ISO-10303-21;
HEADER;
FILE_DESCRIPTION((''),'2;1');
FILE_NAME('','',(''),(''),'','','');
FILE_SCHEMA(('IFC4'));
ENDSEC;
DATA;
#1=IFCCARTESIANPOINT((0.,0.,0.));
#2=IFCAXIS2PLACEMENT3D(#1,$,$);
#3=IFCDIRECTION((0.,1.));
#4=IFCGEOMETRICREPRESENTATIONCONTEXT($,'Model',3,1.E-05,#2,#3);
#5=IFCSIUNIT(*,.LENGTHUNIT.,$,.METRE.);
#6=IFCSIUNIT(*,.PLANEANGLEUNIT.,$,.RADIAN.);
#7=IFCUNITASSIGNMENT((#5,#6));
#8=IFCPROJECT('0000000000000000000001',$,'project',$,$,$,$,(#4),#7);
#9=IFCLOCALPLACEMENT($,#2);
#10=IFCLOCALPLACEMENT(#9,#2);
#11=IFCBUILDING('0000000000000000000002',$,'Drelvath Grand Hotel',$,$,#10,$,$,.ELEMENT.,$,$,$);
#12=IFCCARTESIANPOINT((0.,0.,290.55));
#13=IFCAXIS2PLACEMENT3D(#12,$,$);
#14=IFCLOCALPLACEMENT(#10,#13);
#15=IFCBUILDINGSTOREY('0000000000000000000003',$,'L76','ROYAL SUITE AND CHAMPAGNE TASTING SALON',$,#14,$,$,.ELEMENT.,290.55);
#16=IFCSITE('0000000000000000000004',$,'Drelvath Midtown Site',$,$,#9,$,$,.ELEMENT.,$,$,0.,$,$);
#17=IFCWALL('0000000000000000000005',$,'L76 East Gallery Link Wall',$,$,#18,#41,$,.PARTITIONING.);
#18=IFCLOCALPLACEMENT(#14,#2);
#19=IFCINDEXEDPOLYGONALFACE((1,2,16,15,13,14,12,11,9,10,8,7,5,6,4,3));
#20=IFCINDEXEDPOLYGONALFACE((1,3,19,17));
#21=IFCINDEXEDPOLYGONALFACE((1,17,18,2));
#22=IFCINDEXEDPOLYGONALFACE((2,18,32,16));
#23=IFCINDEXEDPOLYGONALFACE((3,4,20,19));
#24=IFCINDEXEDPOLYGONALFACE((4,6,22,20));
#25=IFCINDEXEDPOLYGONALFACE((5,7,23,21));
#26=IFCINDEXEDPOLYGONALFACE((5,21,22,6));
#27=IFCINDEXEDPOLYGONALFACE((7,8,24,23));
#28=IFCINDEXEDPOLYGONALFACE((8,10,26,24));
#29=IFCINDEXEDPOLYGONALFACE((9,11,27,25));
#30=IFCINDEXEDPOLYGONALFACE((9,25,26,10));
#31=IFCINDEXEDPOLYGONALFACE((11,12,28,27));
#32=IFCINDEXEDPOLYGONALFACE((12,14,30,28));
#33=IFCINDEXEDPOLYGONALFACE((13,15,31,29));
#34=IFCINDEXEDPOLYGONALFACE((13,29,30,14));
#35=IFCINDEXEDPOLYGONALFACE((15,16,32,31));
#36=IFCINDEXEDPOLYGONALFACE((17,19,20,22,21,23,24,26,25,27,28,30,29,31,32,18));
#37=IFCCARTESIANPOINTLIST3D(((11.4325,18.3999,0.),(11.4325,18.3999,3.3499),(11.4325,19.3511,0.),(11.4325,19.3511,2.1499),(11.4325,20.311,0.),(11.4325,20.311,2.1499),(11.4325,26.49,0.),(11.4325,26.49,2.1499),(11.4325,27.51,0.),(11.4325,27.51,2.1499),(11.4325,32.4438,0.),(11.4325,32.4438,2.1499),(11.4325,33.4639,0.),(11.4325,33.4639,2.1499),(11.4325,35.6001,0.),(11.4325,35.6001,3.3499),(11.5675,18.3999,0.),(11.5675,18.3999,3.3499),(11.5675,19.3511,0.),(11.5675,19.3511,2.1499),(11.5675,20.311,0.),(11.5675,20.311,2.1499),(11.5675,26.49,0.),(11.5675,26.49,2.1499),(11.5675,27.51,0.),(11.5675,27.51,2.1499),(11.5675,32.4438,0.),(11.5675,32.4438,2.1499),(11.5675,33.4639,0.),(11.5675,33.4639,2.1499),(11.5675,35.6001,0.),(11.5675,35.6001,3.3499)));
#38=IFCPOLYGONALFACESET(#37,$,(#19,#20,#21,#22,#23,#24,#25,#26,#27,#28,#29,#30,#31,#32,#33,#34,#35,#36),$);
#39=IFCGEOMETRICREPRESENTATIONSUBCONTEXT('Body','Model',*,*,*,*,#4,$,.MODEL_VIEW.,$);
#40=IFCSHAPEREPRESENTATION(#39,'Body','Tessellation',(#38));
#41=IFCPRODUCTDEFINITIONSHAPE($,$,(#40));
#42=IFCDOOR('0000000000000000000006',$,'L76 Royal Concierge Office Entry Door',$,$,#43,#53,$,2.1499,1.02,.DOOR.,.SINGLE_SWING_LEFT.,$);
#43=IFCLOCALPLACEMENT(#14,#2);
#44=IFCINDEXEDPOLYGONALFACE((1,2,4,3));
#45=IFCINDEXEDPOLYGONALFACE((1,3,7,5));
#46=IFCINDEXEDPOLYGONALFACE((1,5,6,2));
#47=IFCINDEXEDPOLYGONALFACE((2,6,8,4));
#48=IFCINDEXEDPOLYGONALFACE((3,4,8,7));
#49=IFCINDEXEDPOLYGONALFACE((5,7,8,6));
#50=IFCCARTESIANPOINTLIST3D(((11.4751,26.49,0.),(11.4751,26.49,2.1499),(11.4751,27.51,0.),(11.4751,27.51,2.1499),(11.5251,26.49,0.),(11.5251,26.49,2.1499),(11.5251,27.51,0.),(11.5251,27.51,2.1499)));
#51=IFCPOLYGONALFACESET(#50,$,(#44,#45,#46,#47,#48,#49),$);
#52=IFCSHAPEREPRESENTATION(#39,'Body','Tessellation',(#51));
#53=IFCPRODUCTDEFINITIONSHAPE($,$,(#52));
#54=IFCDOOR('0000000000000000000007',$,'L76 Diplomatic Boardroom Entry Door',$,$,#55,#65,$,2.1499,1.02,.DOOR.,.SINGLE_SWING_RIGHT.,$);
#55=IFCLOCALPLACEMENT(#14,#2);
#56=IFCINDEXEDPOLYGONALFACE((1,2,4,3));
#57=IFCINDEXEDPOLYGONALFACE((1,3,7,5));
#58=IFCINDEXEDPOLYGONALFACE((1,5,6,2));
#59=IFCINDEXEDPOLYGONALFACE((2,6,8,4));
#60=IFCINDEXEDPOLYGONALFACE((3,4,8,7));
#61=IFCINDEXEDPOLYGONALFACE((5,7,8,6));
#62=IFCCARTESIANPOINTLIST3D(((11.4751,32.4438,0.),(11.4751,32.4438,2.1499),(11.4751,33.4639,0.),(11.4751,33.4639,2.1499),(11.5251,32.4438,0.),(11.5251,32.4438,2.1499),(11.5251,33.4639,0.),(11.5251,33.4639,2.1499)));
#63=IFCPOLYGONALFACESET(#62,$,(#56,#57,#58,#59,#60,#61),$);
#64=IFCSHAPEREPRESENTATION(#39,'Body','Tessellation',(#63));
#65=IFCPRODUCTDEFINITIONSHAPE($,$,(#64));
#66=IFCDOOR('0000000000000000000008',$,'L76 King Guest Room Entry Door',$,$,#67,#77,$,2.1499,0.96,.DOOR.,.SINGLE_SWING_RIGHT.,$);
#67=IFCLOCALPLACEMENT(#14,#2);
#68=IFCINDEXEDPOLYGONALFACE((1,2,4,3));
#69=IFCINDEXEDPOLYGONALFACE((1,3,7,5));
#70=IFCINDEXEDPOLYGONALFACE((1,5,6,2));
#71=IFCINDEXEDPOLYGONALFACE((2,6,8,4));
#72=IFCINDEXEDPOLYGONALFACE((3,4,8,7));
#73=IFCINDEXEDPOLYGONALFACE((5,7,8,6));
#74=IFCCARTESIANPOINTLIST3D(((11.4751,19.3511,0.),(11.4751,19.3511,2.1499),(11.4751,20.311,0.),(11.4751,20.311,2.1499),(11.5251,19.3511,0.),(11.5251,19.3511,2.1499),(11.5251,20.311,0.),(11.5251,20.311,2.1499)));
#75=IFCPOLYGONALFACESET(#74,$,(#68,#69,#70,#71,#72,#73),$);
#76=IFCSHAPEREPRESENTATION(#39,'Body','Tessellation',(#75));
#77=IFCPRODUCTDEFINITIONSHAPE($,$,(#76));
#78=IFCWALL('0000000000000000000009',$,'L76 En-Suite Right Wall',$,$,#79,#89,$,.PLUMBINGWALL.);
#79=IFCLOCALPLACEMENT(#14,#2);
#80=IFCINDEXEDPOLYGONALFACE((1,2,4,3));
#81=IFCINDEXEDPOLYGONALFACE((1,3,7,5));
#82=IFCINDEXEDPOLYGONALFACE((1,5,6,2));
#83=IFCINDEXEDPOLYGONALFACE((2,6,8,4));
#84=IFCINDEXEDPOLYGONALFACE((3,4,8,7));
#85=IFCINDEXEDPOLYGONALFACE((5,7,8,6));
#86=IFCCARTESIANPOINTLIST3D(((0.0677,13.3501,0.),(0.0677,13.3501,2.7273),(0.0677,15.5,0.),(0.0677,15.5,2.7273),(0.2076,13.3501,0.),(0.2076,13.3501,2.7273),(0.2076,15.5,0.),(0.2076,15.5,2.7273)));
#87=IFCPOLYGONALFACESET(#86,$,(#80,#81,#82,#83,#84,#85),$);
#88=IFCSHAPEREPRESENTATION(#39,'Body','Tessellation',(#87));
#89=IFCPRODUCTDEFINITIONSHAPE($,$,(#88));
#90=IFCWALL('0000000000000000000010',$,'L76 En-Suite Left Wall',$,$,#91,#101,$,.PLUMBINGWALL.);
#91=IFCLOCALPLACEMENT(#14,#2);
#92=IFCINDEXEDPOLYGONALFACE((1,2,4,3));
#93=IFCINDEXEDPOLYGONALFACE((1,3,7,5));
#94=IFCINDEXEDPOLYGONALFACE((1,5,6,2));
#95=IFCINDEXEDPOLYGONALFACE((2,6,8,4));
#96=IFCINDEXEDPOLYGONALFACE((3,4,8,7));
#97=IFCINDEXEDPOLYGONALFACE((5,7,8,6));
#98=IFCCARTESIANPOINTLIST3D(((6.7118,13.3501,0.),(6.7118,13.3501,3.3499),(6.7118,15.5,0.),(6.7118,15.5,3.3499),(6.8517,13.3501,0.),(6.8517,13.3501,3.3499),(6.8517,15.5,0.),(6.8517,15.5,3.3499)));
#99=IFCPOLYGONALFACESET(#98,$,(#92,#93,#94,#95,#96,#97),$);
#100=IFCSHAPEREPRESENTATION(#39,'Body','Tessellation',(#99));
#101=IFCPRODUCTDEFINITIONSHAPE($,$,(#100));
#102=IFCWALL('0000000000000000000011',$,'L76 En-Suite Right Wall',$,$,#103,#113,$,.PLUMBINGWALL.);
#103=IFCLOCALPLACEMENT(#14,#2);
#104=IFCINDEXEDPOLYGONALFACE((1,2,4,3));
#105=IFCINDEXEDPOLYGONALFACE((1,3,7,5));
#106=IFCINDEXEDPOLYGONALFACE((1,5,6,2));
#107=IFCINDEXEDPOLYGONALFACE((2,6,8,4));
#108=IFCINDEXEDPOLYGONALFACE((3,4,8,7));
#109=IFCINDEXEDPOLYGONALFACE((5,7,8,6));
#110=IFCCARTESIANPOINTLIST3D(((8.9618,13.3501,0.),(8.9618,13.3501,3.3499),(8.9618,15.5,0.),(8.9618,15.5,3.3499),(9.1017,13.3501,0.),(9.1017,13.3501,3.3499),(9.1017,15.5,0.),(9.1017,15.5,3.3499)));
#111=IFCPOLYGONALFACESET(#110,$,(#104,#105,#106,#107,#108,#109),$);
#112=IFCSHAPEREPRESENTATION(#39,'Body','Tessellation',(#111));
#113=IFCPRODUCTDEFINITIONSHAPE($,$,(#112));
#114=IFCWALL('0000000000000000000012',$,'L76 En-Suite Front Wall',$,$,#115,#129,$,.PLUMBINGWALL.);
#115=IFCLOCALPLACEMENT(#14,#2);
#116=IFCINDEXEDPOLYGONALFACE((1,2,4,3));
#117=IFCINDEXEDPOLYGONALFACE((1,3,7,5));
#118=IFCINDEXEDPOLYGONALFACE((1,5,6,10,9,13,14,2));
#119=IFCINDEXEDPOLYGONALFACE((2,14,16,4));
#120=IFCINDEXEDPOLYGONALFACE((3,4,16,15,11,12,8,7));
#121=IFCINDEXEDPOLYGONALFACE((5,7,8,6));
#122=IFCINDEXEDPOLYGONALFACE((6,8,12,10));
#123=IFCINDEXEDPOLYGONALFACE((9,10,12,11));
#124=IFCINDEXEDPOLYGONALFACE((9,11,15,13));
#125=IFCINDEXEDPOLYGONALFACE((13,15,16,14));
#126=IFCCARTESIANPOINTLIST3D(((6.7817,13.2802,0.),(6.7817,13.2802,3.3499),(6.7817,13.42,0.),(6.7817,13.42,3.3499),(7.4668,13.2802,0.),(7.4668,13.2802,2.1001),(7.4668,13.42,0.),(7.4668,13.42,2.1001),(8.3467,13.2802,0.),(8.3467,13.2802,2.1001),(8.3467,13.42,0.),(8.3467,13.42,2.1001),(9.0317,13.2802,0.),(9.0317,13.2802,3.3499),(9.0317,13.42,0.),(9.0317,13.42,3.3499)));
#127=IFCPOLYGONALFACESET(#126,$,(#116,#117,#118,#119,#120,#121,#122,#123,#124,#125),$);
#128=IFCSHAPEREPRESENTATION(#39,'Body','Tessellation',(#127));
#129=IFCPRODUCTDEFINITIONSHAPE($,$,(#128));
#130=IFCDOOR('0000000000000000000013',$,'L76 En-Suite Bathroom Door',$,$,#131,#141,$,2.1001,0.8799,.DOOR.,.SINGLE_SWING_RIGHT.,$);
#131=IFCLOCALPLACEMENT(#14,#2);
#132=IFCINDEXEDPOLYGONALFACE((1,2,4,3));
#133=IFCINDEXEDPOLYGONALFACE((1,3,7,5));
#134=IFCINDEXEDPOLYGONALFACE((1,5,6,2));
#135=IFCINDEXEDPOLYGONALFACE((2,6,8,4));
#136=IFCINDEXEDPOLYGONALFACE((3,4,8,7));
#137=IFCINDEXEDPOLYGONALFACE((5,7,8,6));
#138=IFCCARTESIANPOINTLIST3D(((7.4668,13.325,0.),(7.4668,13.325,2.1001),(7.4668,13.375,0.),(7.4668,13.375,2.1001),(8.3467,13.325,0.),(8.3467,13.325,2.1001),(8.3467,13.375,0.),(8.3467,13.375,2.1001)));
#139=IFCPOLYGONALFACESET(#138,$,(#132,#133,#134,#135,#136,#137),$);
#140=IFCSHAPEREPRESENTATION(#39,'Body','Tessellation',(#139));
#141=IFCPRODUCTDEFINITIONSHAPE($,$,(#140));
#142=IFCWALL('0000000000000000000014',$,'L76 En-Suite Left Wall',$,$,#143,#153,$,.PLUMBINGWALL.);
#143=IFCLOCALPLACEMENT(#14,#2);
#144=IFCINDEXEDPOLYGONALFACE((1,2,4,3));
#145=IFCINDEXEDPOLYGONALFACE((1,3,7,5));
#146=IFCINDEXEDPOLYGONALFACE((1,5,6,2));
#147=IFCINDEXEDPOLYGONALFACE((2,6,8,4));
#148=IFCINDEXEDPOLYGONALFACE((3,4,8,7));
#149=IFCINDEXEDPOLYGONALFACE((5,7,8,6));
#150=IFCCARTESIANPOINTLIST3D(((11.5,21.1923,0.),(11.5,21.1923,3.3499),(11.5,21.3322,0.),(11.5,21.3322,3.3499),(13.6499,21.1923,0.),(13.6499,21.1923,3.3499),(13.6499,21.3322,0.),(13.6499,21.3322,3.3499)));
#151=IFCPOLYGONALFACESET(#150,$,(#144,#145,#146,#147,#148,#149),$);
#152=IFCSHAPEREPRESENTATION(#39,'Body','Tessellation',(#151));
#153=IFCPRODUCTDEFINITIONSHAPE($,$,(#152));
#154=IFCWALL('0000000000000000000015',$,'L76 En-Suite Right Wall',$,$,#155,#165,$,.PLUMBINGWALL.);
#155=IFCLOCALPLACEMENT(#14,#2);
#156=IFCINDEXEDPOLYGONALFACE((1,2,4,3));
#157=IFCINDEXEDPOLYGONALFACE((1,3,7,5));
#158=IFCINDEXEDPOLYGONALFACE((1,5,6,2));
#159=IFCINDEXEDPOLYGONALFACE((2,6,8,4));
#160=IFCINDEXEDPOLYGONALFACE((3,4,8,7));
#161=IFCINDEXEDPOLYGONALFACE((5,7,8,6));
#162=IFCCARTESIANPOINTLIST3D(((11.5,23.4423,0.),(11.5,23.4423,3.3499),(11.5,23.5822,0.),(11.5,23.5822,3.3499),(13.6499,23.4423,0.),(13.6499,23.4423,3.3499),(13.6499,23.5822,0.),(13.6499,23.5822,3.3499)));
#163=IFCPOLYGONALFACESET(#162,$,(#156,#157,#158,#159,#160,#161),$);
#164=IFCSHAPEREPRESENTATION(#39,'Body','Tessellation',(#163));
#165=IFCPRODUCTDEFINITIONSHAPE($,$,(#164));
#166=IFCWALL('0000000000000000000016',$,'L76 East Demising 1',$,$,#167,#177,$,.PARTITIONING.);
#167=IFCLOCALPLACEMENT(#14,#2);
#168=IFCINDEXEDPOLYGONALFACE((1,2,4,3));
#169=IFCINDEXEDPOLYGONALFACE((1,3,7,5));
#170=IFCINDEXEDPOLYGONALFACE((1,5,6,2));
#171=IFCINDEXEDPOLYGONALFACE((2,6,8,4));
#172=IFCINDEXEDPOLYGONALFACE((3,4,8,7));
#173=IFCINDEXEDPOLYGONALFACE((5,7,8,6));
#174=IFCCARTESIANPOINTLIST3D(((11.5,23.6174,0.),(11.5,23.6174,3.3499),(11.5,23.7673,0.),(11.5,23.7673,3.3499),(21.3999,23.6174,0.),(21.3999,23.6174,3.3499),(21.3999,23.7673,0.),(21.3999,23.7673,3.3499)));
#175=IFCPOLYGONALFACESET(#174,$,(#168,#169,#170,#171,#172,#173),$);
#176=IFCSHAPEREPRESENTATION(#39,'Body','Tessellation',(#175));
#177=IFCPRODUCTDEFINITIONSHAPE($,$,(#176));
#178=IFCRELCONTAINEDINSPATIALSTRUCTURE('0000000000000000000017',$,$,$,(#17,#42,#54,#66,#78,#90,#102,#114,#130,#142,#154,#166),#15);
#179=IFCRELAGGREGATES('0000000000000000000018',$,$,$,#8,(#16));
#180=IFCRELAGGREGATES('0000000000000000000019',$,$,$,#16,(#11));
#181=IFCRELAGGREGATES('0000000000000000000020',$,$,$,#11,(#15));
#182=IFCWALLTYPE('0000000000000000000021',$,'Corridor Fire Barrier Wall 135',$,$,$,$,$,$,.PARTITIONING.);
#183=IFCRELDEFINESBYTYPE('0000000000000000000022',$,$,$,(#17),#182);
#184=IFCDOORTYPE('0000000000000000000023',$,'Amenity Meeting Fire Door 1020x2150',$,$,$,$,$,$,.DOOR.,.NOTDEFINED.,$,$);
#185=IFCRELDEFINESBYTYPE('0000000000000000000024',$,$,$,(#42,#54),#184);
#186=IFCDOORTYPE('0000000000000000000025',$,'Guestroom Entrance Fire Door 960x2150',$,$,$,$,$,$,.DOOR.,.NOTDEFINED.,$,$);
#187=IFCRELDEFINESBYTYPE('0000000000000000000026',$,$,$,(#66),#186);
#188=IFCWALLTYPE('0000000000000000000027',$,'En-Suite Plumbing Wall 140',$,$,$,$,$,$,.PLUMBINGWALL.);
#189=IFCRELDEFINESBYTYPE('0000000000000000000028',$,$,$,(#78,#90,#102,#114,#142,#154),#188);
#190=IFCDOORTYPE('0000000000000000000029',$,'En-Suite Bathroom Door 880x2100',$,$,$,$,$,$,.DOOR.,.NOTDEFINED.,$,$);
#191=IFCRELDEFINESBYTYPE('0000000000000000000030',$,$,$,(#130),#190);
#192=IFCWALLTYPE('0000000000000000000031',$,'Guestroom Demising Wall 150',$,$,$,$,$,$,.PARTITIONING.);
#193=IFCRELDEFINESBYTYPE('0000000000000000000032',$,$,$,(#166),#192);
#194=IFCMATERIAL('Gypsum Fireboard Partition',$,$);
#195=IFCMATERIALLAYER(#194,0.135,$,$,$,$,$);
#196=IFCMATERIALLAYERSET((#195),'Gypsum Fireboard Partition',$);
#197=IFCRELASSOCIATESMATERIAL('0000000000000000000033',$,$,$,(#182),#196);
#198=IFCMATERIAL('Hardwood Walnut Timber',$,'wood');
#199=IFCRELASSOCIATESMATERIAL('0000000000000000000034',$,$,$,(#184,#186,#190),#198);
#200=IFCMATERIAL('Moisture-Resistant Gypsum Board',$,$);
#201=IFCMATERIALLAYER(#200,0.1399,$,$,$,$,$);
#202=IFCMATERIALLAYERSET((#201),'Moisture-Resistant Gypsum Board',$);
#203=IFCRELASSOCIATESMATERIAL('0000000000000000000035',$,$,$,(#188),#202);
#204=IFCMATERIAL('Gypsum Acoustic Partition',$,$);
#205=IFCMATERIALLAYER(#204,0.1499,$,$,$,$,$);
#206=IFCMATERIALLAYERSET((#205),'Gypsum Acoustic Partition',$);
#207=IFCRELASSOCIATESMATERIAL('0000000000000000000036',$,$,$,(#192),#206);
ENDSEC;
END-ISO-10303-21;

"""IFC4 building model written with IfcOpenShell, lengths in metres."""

from ifc_helpers import new_model, si_unit, direction, frame, frame_2d, origin, place, context, subcontext, project, spatial, rectangle, extrude, material, layer, layer_set, type_object, element, fill, save


model = new_model("IFC4")

# Units and contexts
model_context = context("Model", 3, precision=1e-05, world=origin(), true_north=direction((0.0, 1.0)))
body_context = subcontext(model_context, "Body", "Model", "MODEL_VIEW")
ifc_project = project(units=[si_unit("LENGTHUNIT", "METRE"), si_unit("PLANEANGLEUNIT", "RADIAN")], contexts=[model_context])

# Site, building, storey
site_placement = place(None, origin())
site = spatial("IfcSite", under=ifc_project, at=site_placement, Name="Drelvath Midtown Site", CompositionType="ELEMENT", RefElevation=0.0)
building_placement = place(site_placement, origin())
building = spatial("IfcBuilding", under=site, at=building_placement, Name="Drelvath Grand Hotel", CompositionType="ELEMENT")
storey_placement = place(building_placement, frame((0.0, 0.0, 290.55)))
storey = spatial("IfcBuildingStorey", under=building, at=storey_placement, Name="L76", Description="ROYAL SUITE AND CHAMPAGNE TASTING SALON", CompositionType="ELEMENT", Elevation=290.55)

# Shared definitions
ifc_material_1 = material(Name="Gypsum Fireboard Partition")
ifc_layer_1 = layer(ifc_material_1, 0.135)
ifc_layer_set_1 = layer_set([ifc_layer_1], Name="Gypsum Fireboard Partition")
wall_type_1 = type_object("IfcWallType", Name="Corridor Fire Barrier Wall 135", PredefinedType="PARTITIONING", material=ifc_layer_set_1)

# Wall, openings, doors
wall_1_placement = place(storey_placement, frame((11.5, 18.3999, 0.0), z_axis=(0.0, 0.0, 1.0), x_axis=(0.0, 1.0, 0.0)))
wall_1 = element("IfcWall", 1, at=wall_1_placement, inside=storey, type_object=wall_type_1, Name="L76 East Gallery Link Wall", PredefinedType="PARTITIONING", context=body_context, shape_type="SweptSolid", body=[
    extrude(rectangle(XDim=17.2002, YDim=0.135, at=frame_2d((8.6001, 0.0))), origin(), (0.0, 0.0, 1.0), 3.3499),
])
opening_1_placement = place(wall_1_placement, frame((0.9512, 0.0, 0.0)))
opening_1 = element("IfcOpeningElement", 2, at=opening_1_placement, cuts=wall_1, PredefinedType="OPENING", context=body_context, shape_type="SweptSolid", body=[
    extrude(rectangle(XDim=0.96, YDim=2.1499, at=frame_2d((0.48, 1.075))), frame((0.0, 0.0774, 0.0), z_axis=(0.0, -1.0, 0.0), x_axis=(1.0, 0.0, 0.0)), (0.0, 0.0, 1.0), 0.155),
])
opening_2_placement = place(wall_1_placement, frame((8.0901, 0.0, 0.0)))
opening_2 = element("IfcOpeningElement", 3, at=opening_2_placement, cuts=wall_1, PredefinedType="OPENING", context=body_context, shape_type="SweptSolid", body=[
    extrude(rectangle(XDim=1.02, YDim=2.1499, at=frame_2d((0.51, 1.075))), frame((0.0, 0.0774, 0.0), z_axis=(0.0, -1.0, 0.0), x_axis=(1.0, 0.0, 0.0)), (0.0, 0.0, 1.0), 0.155),
])
opening_3_placement = place(wall_1_placement, frame((14.0439, 0.0, 0.0)))
opening_3 = element("IfcOpeningElement", 4, at=opening_3_placement, cuts=wall_1, PredefinedType="OPENING", context=body_context, shape_type="SweptSolid", body=[
    extrude(rectangle(XDim=1.02, YDim=2.1499, at=frame_2d((0.51, 1.075))), frame((0.0, 0.0774, 0.0), z_axis=(0.0, -1.0, 0.0), x_axis=(1.0, 0.0, 0.0)), (0.0, 0.0, 1.0), 0.155),
])
ifc_material_2 = material(Name="Hardwood Walnut Timber", Category="wood")
door_type_1 = type_object("IfcDoorType", Name="Amenity Meeting Fire Door 1020x2150", OperationType="NOTDEFINED", PredefinedType="DOOR", material=ifc_material_2)
door_1_placement = place(opening_2_placement, origin())
door_1 = element("IfcDoor", 5, at=door_1_placement, inside=storey, type_object=door_type_1, Name="L76 Royal Concierge Office Entry Door", OperationType="SINGLE_SWING_LEFT", OverallHeight=2.1499, OverallWidth=1.02, PredefinedType="DOOR", context=body_context, shape_type="SweptSolid", body=[
    extrude(rectangle(XDim=1.02, YDim=2.1499, at=frame_2d((0.51, 1.075))), frame((0.0, 0.0249, 0.0), z_axis=(0.0, -1.0, 0.0), x_axis=(1.0, 0.0, 0.0)), (0.0, 0.0, 1.0), 0.05),
])
fill(opening_2, door_1)
door_2_placement = place(opening_3_placement, origin())
door_2 = element("IfcDoor", 6, at=door_2_placement, inside=storey, type_object=door_type_1, Name="L76 Diplomatic Boardroom Entry Door", OperationType="SINGLE_SWING_RIGHT", OverallHeight=2.1499, OverallWidth=1.02, PredefinedType="DOOR", context=body_context, shape_type="SweptSolid", body=[
    extrude(rectangle(XDim=1.02, YDim=2.1499, at=frame_2d((0.51, 1.075))), frame((0.0, 0.0249, 0.0), z_axis=(0.0, -1.0, 0.0), x_axis=(1.0, 0.0, 0.0)), (0.0, 0.0, 1.0), 0.05),
])
fill(opening_3, door_2)
door_type_2 = type_object("IfcDoorType", Name="Guestroom Entrance Fire Door 960x2150", OperationType="NOTDEFINED", PredefinedType="DOOR", material=ifc_material_2)
door_3_placement = place(opening_1_placement, origin())
door_3 = element("IfcDoor", 7, at=door_3_placement, inside=storey, type_object=door_type_2, Name="L76 King Guest Room Entry Door", OperationType="SINGLE_SWING_RIGHT", OverallHeight=2.1499, OverallWidth=0.96, PredefinedType="DOOR", context=body_context, shape_type="SweptSolid", body=[
    extrude(rectangle(XDim=0.96, YDim=2.1499, at=frame_2d((0.48, 1.075))), frame((0.0, 0.0249, 0.0), z_axis=(0.0, -1.0, 0.0), x_axis=(1.0, 0.0, 0.0)), (0.0, 0.0, 1.0), 0.05),
])
fill(opening_1, door_3)

# Walls
ifc_material_3 = material(Name="Moisture-Resistant Gypsum Board")
ifc_layer_2 = layer(ifc_material_3, 0.1399)
ifc_layer_set_2 = layer_set([ifc_layer_2], Name="Moisture-Resistant Gypsum Board")
wall_type_2 = type_object("IfcWallType", Name="En-Suite Plumbing Wall 140", PredefinedType="PLUMBINGWALL", material=ifc_layer_set_2)
wall_2_placement = place(storey_placement, frame((0.1377, 15.5, 0.0), z_axis=(0.0, 0.0, 1.0), x_axis=(0.0, -1.0, 0.0)))
element("IfcWall", 8, at=wall_2_placement, inside=storey, type_object=wall_type_2, Name="L76 En-Suite Right Wall", PredefinedType="PLUMBINGWALL", context=body_context, shape_type="SweptSolid", body=[
    extrude(rectangle(XDim=2.1499, YDim=0.1399, at=frame_2d((1.075, 0.0))), origin(), (0.0, 0.0, 1.0), 2.7273),
])
for number, where, z_axis, x_axis, name in (
    (9, (6.7817, 15.5, 0.0), (0.0, 0.0, 1.0), (0.0, -1.0, 0.0), "L76 En-Suite Left Wall"),
    (10, (9.0317, 15.5, 0.0), (0.0, 0.0, 1.0), (0.0, -1.0, 0.0), "L76 En-Suite Right Wall"),
):
    element("IfcWall", number, at=place(storey_placement, frame(where, z_axis=z_axis, x_axis=x_axis)), inside=storey, type_object=wall_type_2, Name=name, PredefinedType="PLUMBINGWALL", context=body_context, shape_type="SweptSolid", body=[
        extrude(rectangle(XDim=2.1499, YDim=0.1399, at=frame_2d((1.075, 0.0))), origin(), (0.0, 0.0, 1.0), 3.3499),
    ])

# Wall, opening, door
wall_3_placement = place(storey_placement, frame((6.7817, 13.3501, 0.0), z_axis=(0.0, 0.0, 1.0), x_axis=(1.0, 0.0, 0.0)))
wall_3 = element("IfcWall", 11, at=wall_3_placement, inside=storey, type_object=wall_type_2, Name="L76 En-Suite Front Wall", PredefinedType="PLUMBINGWALL", context=body_context, shape_type="SweptSolid", body=[
    extrude(rectangle(XDim=2.25, YDim=0.1399, at=frame_2d((1.125, 0.0))), origin(), (0.0, 0.0, 1.0), 3.3499),
])
opening_4_placement = place(wall_3_placement, frame((0.6851, 0.0, 0.0)))
opening_4 = element("IfcOpeningElement", 12, at=opening_4_placement, cuts=wall_3, PredefinedType="OPENING", context=body_context, shape_type="SweptSolid", body=[
    extrude(rectangle(XDim=0.8799, YDim=2.1001, at=frame_2d((0.4399, 1.05))), frame((0.0, 0.0798, 0.0), z_axis=(0.0, -1.0, 0.0), x_axis=(1.0, 0.0, 0.0)), (0.0, 0.0, 1.0), 0.1599),
])
door_type_3 = type_object("IfcDoorType", Name="En-Suite Bathroom Door 880x2100", OperationType="NOTDEFINED", PredefinedType="DOOR", material=ifc_material_2)
door_4_placement = place(opening_4_placement, origin())
door_4 = element("IfcDoor", 13, at=door_4_placement, inside=storey, type_object=door_type_3, Name="L76 En-Suite Bathroom Door", OperationType="SINGLE_SWING_RIGHT", OverallHeight=2.1001, OverallWidth=0.8799, PredefinedType="DOOR", context=body_context, shape_type="SweptSolid", body=[
    extrude(rectangle(XDim=0.8799, YDim=2.1001, at=frame_2d((0.4399, 1.05))), frame((0.0, 0.0249, 0.0), z_axis=(0.0, -1.0, 0.0), x_axis=(1.0, 0.0, 0.0)), (0.0, 0.0, 1.0), 0.05),
])
fill(opening_4, door_4)

# Walls
for number, where, z_axis, x_axis, name in (
    (14, (11.5, 21.2622, 0.0), (0.0, 0.0, 1.0), (1.0, 0.0, 0.0), "L76 En-Suite Left Wall"),
    (15, (11.5, 23.5122, 0.0), (0.0, 0.0, 1.0), (1.0, 0.0, 0.0), "L76 En-Suite Right Wall"),
):
    element("IfcWall", number, at=place(storey_placement, frame(where, z_axis=z_axis, x_axis=x_axis)), inside=storey, type_object=wall_type_2, Name=name, PredefinedType="PLUMBINGWALL", context=body_context, shape_type="SweptSolid", body=[
        extrude(rectangle(XDim=2.1499, YDim=0.1399, at=frame_2d((1.075, 0.0))), origin(), (0.0, 0.0, 1.0), 3.3499),
    ])
ifc_material_4 = material(Name="Gypsum Acoustic Partition")
ifc_layer_3 = layer(ifc_material_4, 0.1499)
ifc_layer_set_3 = layer_set([ifc_layer_3], Name="Gypsum Acoustic Partition")
wall_type_3 = type_object("IfcWallType", Name="Guestroom Demising Wall 150", PredefinedType="PARTITIONING", material=ifc_layer_set_3)
wall_4_placement = place(storey_placement, frame((11.5, 23.6924, 0.0), z_axis=(0.0, 0.0, 1.0), x_axis=(1.0, 0.0, 0.0)))
element("IfcWall", 16, at=wall_4_placement, inside=storey, type_object=wall_type_3, Name="L76 East Demising 1", PredefinedType="PARTITIONING", context=body_context, shape_type="SweptSolid", body=[
    extrude(rectangle(XDim=9.8999, YDim=0.1499, at=frame_2d((4.95, 0.0))), origin(), (0.0, 0.0, 1.0), 3.3499),
])

save(model, "model.ifc")
